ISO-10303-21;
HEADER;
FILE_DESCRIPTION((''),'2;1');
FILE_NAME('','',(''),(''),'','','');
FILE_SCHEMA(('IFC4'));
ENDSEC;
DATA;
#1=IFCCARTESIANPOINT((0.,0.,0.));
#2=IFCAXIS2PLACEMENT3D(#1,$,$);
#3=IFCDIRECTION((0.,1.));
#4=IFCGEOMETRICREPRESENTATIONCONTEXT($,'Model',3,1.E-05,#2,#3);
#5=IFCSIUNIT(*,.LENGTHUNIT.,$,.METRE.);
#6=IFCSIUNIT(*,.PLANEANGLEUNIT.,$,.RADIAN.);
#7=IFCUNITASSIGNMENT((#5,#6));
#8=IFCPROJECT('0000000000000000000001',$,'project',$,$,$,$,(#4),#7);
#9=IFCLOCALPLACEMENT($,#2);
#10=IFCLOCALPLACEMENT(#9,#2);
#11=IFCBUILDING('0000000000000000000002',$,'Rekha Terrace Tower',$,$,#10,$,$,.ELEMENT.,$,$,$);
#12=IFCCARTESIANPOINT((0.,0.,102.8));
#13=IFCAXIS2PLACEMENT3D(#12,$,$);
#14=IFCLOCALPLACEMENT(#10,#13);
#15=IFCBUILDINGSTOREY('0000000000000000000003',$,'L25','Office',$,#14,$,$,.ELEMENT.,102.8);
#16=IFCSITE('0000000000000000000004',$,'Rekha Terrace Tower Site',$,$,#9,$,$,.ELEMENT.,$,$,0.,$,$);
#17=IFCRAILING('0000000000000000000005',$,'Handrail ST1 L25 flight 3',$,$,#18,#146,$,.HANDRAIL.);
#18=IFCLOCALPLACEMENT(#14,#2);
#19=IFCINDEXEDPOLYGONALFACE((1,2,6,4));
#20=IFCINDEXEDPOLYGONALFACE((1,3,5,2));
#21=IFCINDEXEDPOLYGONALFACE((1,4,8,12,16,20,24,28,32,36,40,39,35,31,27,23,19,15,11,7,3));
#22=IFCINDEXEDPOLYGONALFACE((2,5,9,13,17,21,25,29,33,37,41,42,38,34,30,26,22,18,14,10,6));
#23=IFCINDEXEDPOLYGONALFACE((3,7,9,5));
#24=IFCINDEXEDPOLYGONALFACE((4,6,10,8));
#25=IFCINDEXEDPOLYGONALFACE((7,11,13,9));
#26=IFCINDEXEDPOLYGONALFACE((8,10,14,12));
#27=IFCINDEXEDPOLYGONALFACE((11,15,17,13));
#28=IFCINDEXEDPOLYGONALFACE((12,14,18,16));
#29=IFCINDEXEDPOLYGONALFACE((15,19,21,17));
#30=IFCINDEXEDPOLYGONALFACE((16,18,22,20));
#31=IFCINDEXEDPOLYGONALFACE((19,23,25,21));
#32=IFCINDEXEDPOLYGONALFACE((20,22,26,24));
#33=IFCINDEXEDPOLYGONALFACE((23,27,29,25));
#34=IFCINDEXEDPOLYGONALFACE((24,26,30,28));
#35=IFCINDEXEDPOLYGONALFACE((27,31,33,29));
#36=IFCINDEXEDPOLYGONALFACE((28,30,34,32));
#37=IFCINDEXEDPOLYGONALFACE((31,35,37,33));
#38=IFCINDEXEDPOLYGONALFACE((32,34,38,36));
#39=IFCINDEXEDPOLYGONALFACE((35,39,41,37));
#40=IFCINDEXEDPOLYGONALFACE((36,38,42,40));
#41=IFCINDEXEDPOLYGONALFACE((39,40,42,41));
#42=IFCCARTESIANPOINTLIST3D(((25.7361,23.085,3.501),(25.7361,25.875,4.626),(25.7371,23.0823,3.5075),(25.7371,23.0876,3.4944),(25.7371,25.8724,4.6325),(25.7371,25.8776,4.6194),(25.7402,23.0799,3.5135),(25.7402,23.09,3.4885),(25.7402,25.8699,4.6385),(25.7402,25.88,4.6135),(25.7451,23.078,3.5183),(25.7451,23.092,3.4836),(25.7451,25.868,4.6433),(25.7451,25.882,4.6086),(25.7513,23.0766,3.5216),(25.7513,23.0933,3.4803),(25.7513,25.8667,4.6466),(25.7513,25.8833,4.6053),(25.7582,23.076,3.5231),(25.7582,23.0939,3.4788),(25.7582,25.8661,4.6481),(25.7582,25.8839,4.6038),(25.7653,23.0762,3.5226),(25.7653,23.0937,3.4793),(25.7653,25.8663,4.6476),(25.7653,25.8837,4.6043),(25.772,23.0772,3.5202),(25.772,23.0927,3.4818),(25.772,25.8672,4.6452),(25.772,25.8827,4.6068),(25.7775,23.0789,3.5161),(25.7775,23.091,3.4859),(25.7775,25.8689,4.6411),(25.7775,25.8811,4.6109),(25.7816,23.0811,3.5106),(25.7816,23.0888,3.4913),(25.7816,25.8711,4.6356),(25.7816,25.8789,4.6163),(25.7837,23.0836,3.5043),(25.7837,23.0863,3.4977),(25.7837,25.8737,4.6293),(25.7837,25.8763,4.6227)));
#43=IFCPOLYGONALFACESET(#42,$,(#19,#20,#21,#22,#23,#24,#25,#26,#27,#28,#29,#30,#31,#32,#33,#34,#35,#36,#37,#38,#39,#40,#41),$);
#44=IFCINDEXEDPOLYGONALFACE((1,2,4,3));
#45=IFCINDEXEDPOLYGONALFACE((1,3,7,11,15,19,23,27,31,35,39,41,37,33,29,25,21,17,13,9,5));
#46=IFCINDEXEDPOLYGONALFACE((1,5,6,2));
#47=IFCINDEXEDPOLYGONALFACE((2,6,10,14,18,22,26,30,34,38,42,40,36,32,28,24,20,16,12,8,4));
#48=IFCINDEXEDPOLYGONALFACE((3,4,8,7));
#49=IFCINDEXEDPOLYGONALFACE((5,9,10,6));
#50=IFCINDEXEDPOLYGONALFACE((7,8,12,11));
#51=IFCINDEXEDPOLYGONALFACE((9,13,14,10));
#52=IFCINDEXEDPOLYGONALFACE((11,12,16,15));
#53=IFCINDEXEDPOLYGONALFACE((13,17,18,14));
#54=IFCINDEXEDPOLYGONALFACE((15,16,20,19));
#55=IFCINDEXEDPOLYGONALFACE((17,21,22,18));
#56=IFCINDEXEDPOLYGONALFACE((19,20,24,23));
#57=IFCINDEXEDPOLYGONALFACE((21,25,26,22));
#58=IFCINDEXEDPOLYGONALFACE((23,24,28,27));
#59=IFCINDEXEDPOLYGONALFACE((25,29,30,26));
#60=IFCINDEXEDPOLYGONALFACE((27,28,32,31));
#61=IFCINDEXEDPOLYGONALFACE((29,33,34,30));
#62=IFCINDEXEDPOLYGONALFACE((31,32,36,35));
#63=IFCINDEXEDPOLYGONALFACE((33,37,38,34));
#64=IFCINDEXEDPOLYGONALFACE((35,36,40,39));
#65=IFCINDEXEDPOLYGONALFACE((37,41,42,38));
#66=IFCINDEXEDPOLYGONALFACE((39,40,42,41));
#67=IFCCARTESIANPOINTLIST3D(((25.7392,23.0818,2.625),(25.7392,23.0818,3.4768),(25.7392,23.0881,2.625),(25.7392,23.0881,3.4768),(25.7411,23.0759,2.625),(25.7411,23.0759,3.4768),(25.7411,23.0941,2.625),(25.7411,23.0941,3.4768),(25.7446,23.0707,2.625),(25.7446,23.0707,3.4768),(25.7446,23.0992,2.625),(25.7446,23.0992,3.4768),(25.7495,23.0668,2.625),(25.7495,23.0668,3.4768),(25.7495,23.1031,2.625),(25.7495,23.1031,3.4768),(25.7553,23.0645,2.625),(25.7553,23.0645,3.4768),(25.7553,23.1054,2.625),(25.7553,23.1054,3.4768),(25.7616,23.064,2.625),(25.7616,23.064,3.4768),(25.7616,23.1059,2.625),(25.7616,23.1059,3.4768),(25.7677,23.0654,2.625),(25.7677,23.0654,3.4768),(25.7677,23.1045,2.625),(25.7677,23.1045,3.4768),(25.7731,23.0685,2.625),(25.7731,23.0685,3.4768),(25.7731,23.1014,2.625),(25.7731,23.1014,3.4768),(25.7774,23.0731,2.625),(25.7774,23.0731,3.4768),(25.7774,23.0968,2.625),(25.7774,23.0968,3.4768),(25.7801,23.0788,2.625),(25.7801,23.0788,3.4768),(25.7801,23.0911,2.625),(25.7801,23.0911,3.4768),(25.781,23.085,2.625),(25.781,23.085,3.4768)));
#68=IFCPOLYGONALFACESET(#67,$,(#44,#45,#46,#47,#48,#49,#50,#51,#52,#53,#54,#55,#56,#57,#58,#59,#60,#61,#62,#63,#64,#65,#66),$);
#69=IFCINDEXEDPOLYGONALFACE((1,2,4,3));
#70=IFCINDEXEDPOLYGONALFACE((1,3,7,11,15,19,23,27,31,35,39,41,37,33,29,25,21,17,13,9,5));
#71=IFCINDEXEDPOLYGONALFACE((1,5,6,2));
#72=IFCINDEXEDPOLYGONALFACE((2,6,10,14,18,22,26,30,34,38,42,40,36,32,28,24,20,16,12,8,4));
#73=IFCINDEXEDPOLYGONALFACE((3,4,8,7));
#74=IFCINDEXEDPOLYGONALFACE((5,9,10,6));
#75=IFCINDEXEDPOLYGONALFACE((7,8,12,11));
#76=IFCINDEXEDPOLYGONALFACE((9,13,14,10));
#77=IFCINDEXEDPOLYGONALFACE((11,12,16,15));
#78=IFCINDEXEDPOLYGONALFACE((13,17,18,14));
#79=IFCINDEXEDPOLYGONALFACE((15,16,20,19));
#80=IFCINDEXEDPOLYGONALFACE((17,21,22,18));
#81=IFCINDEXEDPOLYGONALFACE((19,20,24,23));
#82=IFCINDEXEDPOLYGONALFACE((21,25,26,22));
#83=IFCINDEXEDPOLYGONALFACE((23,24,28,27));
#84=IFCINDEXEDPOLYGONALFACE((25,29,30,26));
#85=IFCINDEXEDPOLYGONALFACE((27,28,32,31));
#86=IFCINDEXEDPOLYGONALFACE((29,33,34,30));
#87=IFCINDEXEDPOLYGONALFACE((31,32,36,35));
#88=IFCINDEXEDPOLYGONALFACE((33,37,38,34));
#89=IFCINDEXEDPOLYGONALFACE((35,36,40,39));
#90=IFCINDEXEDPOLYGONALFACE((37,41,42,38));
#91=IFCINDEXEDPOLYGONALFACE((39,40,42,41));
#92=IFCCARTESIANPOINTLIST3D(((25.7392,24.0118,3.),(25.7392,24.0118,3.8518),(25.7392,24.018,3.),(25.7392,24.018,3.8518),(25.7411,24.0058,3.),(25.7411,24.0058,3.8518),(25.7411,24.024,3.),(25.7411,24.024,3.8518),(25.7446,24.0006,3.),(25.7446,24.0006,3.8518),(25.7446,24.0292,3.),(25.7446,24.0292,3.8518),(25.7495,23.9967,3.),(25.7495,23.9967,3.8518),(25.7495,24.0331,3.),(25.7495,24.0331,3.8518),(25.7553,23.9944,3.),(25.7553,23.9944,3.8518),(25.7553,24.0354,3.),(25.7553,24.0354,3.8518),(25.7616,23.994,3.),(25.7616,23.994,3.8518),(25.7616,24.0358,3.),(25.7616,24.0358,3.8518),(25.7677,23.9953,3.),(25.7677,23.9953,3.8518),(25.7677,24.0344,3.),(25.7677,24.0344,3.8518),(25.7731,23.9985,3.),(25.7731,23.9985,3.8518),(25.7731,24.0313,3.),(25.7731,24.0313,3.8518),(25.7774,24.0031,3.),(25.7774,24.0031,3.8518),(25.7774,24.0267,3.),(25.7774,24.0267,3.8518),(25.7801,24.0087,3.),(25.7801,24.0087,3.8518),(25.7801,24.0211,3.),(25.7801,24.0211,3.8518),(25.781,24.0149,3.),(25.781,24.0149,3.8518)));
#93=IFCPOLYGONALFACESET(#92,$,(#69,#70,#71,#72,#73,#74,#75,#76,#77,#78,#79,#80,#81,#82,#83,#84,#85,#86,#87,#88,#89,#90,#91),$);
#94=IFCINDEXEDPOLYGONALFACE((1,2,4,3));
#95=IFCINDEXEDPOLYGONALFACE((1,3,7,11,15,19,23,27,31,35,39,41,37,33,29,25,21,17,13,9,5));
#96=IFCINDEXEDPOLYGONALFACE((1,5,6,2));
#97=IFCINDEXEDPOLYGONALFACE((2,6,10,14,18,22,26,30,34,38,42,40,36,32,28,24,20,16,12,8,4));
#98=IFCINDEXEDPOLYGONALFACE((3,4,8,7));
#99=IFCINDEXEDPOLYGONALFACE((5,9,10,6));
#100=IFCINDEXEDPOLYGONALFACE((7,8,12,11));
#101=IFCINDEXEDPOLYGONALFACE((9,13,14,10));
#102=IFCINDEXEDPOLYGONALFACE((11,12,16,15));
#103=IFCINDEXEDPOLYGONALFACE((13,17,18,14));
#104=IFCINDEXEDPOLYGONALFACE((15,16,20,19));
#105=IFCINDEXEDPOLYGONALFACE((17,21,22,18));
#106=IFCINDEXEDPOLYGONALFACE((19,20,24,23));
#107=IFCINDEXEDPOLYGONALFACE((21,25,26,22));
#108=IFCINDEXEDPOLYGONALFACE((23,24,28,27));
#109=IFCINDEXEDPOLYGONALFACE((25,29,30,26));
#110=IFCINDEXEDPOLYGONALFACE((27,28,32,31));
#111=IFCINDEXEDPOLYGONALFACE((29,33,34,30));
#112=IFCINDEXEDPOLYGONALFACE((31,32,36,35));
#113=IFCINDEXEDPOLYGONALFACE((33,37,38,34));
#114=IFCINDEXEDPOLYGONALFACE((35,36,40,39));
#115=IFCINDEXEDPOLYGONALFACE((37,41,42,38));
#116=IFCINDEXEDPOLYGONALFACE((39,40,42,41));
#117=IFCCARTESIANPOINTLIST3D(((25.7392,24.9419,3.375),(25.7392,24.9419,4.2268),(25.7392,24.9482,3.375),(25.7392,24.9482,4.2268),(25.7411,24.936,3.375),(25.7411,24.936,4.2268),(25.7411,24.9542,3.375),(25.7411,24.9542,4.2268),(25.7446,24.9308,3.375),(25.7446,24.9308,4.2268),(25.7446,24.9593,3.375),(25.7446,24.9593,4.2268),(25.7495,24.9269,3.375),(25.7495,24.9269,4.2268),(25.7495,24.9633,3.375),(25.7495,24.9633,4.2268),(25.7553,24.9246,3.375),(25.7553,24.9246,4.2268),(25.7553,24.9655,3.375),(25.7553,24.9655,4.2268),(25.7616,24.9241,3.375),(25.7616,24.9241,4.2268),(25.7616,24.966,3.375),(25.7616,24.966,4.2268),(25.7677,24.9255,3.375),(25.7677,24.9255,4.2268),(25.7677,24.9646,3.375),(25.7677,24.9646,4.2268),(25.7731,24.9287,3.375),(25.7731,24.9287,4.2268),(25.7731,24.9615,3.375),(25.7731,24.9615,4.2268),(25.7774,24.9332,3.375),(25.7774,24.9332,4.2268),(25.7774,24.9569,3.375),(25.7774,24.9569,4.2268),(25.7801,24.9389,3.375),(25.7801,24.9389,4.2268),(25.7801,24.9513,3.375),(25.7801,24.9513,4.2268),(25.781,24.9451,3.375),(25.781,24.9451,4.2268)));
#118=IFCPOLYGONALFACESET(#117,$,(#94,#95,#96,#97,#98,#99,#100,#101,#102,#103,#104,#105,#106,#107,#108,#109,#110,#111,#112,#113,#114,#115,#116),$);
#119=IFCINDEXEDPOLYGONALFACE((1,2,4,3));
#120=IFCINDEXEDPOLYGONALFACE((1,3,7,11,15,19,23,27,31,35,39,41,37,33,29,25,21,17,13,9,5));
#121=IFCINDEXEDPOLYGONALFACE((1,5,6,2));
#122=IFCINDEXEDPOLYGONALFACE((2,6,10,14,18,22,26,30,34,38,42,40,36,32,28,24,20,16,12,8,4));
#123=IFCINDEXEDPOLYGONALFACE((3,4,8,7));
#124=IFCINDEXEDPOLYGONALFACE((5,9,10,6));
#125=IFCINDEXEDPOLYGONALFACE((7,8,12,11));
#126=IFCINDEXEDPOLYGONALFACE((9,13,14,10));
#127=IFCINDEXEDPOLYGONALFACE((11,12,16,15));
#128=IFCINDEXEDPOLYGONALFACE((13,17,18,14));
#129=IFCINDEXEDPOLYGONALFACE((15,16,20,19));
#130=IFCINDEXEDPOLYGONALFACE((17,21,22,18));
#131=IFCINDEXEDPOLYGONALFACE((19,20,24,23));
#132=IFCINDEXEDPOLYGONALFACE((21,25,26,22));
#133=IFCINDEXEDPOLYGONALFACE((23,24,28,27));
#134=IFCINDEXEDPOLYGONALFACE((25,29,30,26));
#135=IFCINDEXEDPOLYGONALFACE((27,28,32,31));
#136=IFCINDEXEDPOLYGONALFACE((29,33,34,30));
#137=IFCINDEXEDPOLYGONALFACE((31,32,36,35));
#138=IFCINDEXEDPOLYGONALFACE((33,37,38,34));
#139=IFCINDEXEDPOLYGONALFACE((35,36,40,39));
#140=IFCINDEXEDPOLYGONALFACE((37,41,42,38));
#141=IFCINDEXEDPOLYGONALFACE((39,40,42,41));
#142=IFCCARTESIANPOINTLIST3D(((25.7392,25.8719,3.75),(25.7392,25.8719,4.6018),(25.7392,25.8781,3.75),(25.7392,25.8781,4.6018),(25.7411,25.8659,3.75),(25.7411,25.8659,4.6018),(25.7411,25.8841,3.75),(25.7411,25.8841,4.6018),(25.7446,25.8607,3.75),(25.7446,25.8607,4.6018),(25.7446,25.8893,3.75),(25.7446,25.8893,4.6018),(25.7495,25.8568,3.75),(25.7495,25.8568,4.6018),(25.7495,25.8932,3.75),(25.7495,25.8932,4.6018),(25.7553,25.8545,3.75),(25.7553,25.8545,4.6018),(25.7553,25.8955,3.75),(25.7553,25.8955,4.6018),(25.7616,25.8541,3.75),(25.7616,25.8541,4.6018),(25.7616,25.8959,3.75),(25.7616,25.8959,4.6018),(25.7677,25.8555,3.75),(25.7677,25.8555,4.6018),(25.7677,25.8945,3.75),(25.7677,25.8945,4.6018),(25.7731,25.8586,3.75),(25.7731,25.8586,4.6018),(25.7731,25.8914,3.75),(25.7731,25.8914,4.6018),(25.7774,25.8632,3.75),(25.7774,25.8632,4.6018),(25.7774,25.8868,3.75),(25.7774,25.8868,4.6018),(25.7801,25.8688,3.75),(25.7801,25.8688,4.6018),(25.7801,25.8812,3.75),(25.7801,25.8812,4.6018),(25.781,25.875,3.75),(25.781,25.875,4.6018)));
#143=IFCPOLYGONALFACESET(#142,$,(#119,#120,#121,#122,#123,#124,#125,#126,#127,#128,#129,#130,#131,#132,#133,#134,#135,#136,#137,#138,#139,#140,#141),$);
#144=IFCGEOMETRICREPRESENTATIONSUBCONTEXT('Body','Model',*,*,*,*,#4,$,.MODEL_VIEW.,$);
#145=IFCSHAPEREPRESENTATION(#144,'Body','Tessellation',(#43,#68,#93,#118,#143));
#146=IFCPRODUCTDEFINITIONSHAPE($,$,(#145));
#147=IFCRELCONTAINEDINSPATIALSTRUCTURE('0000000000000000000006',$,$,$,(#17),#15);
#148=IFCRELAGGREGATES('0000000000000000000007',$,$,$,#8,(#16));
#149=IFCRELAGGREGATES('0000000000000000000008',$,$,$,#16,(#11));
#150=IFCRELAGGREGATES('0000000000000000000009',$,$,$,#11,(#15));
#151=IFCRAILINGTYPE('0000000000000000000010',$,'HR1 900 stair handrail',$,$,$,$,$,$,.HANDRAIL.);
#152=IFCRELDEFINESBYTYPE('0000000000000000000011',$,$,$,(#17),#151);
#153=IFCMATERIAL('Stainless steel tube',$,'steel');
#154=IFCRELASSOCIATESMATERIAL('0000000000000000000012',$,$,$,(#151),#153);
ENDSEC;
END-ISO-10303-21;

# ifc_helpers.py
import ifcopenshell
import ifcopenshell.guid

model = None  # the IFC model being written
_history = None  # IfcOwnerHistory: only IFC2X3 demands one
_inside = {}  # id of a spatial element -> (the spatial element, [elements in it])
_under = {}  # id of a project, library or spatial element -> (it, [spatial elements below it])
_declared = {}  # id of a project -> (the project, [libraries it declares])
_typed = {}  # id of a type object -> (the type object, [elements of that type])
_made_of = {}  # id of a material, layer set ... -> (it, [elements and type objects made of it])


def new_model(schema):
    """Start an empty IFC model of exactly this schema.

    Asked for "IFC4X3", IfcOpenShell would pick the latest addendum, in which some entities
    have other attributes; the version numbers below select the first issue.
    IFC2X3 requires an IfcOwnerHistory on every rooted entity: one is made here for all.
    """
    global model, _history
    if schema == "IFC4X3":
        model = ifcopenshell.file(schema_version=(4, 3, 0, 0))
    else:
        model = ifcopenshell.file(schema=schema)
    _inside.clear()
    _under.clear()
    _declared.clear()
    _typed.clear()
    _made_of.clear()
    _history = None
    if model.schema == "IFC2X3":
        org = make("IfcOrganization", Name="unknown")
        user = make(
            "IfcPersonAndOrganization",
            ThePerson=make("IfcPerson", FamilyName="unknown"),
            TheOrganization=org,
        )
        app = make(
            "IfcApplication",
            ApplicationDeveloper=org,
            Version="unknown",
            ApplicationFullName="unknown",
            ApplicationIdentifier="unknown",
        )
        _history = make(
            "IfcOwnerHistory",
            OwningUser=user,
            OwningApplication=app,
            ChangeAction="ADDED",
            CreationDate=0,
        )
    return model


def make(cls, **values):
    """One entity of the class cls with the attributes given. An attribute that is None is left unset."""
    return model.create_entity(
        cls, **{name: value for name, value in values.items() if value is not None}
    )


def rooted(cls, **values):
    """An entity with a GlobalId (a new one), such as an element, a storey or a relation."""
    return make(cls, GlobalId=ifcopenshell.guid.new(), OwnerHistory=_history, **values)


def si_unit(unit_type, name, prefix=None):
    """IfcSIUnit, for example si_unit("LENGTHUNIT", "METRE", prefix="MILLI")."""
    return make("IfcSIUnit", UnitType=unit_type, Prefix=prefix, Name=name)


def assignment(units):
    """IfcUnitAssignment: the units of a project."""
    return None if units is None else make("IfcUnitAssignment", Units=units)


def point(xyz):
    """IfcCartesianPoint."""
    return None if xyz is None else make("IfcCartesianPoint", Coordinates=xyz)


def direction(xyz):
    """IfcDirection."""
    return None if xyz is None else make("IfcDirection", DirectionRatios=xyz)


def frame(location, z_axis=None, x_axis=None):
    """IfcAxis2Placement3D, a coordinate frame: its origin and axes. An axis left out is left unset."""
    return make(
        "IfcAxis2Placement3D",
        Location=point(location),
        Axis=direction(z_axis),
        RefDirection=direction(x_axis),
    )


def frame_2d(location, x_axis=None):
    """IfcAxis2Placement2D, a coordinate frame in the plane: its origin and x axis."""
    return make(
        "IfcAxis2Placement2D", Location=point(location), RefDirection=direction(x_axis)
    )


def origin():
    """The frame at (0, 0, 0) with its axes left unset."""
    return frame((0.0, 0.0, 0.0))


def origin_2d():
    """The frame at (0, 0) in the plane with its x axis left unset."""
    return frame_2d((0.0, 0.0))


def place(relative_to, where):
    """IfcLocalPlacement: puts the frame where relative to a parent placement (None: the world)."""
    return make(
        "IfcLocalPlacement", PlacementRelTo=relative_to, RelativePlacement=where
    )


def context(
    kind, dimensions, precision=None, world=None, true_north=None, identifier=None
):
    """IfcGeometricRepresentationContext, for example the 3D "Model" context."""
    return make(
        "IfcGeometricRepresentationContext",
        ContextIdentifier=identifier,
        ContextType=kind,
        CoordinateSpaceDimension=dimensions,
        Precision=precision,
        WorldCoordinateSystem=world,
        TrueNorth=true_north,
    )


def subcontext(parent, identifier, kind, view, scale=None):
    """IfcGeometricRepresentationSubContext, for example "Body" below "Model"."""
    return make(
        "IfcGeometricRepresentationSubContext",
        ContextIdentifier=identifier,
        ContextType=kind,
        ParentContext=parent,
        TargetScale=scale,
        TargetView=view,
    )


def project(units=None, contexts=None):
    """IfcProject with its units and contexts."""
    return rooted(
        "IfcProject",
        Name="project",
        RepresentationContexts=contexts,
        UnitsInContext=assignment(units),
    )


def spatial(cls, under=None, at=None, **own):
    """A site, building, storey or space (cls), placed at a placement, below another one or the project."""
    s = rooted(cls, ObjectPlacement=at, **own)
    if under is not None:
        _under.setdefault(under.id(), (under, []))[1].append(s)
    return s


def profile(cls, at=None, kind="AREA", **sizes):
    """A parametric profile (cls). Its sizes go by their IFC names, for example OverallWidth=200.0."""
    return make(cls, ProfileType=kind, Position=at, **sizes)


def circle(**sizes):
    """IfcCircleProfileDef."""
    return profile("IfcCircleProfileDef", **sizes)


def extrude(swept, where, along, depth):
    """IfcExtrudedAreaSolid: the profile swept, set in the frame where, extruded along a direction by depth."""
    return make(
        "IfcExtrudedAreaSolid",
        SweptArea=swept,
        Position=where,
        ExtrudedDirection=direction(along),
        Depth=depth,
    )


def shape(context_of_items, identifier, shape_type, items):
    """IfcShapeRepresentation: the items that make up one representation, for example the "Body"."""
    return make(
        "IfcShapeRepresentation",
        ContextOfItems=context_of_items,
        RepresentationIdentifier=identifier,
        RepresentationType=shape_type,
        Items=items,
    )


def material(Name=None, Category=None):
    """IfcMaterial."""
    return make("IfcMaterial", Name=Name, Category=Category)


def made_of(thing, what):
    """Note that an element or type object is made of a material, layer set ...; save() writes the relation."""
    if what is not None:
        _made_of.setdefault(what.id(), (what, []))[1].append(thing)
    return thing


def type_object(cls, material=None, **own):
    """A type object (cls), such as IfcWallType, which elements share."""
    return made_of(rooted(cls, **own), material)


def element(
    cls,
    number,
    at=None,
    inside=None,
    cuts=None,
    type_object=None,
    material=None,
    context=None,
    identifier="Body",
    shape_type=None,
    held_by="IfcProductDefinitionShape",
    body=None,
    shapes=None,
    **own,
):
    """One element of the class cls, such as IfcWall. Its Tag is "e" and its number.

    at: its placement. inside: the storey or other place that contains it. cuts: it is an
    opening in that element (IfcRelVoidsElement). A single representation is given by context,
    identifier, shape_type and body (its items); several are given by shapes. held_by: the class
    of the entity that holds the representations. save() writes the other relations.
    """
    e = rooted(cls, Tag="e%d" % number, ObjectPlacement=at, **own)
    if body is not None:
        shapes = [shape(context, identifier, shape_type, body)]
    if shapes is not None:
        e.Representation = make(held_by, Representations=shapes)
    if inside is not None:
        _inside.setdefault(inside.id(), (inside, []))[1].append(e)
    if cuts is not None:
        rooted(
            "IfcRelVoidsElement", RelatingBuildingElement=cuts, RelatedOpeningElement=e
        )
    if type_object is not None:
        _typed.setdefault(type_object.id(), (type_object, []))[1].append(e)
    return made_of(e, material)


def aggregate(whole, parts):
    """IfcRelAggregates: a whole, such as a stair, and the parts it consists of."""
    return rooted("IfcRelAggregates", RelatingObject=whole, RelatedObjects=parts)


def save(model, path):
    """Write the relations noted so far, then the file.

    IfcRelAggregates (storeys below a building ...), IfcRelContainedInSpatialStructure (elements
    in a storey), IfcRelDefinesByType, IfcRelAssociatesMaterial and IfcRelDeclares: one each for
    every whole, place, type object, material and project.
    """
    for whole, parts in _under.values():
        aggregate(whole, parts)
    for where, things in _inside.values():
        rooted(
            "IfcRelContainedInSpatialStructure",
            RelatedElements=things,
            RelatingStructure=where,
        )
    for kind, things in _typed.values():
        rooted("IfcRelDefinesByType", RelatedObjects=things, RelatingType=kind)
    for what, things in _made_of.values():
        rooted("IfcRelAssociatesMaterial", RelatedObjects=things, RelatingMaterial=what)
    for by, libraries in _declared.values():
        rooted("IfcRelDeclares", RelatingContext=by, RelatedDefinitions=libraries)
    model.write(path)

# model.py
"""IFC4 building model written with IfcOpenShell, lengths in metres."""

from ifc_helpers import new_model, si_unit, direction, frame, origin, origin_2d, place, context, subcontext, project, spatial, circle, extrude, material, type_object, element, save


model = new_model("IFC4")

# Units and contexts
model_context = context("Model", 3, precision=1e-05, world=origin(), true_north=direction((0.0, 1.0)))
body_context = subcontext(model_context, "Body", "Model", "MODEL_VIEW")
ifc_project = project(units=[si_unit("LENGTHUNIT", "METRE"), si_unit("PLANEANGLEUNIT", "RADIAN")], contexts=[model_context])

# Site, building, storey
site_placement = place(None, origin())
site = spatial("IfcSite", under=ifc_project, at=site_placement, Name="Rekha Terrace Tower Site", CompositionType="ELEMENT", RefElevation=0.0)
building_placement = place(site_placement, origin())
building = spatial("IfcBuilding", under=site, at=building_placement, Name="Rekha Terrace Tower", CompositionType="ELEMENT")
storey_placement = place(building_placement, frame((0.0, 0.0, 102.8)))
storey = spatial("IfcBuildingStorey", under=building, at=storey_placement, Name="L25", Description="Office", CompositionType="ELEMENT", Elevation=102.8)

# Railing
ifc_material_1 = material(Name="Stainless steel tube", Category="steel")
railing_type_1 = type_object("IfcRailingType", Name="HR1 900 stair handrail", PredefinedType="HANDRAIL", material=ifc_material_1)
railing_1_placement = place(storey_placement, frame((25.76, 23.085, 2.625)))
element("IfcRailing", 1, at=railing_1_placement, inside=storey, type_object=railing_type_1, Name="Handrail ST1 L25 flight 3", PredefinedType="HANDRAIL", context=body_context, shape_type="SweptSolid", body=[
    extrude(circle(Radius=0.0239, at=origin_2d()), frame((0.0, 0.0, 0.876), z_axis=(0.0, 0.927443, 0.373964), x_axis=(-1.0, 0.0, 0.0)), (0.0, 0.0, 1.0), 3.0083),
    extrude(circle(Radius=0.021, at=origin_2d()), origin(), (0.0, 0.0, 1.0), 0.8518),
    extrude(circle(Radius=0.021, at=origin_2d()), frame((0.0, 0.9299, 0.375)), (0.0, 0.0, 1.0), 0.8518),
    extrude(circle(Radius=0.021, at=origin_2d()), frame((0.0, 1.8601, 0.75)), (0.0, 0.0, 1.0), 0.8518),
    extrude(circle(Radius=0.021, at=origin_2d()), frame((0.0, 2.79, 1.125)), (0.0, 0.0, 1.0), 0.8518),
])

save(model, "model.ifc")
